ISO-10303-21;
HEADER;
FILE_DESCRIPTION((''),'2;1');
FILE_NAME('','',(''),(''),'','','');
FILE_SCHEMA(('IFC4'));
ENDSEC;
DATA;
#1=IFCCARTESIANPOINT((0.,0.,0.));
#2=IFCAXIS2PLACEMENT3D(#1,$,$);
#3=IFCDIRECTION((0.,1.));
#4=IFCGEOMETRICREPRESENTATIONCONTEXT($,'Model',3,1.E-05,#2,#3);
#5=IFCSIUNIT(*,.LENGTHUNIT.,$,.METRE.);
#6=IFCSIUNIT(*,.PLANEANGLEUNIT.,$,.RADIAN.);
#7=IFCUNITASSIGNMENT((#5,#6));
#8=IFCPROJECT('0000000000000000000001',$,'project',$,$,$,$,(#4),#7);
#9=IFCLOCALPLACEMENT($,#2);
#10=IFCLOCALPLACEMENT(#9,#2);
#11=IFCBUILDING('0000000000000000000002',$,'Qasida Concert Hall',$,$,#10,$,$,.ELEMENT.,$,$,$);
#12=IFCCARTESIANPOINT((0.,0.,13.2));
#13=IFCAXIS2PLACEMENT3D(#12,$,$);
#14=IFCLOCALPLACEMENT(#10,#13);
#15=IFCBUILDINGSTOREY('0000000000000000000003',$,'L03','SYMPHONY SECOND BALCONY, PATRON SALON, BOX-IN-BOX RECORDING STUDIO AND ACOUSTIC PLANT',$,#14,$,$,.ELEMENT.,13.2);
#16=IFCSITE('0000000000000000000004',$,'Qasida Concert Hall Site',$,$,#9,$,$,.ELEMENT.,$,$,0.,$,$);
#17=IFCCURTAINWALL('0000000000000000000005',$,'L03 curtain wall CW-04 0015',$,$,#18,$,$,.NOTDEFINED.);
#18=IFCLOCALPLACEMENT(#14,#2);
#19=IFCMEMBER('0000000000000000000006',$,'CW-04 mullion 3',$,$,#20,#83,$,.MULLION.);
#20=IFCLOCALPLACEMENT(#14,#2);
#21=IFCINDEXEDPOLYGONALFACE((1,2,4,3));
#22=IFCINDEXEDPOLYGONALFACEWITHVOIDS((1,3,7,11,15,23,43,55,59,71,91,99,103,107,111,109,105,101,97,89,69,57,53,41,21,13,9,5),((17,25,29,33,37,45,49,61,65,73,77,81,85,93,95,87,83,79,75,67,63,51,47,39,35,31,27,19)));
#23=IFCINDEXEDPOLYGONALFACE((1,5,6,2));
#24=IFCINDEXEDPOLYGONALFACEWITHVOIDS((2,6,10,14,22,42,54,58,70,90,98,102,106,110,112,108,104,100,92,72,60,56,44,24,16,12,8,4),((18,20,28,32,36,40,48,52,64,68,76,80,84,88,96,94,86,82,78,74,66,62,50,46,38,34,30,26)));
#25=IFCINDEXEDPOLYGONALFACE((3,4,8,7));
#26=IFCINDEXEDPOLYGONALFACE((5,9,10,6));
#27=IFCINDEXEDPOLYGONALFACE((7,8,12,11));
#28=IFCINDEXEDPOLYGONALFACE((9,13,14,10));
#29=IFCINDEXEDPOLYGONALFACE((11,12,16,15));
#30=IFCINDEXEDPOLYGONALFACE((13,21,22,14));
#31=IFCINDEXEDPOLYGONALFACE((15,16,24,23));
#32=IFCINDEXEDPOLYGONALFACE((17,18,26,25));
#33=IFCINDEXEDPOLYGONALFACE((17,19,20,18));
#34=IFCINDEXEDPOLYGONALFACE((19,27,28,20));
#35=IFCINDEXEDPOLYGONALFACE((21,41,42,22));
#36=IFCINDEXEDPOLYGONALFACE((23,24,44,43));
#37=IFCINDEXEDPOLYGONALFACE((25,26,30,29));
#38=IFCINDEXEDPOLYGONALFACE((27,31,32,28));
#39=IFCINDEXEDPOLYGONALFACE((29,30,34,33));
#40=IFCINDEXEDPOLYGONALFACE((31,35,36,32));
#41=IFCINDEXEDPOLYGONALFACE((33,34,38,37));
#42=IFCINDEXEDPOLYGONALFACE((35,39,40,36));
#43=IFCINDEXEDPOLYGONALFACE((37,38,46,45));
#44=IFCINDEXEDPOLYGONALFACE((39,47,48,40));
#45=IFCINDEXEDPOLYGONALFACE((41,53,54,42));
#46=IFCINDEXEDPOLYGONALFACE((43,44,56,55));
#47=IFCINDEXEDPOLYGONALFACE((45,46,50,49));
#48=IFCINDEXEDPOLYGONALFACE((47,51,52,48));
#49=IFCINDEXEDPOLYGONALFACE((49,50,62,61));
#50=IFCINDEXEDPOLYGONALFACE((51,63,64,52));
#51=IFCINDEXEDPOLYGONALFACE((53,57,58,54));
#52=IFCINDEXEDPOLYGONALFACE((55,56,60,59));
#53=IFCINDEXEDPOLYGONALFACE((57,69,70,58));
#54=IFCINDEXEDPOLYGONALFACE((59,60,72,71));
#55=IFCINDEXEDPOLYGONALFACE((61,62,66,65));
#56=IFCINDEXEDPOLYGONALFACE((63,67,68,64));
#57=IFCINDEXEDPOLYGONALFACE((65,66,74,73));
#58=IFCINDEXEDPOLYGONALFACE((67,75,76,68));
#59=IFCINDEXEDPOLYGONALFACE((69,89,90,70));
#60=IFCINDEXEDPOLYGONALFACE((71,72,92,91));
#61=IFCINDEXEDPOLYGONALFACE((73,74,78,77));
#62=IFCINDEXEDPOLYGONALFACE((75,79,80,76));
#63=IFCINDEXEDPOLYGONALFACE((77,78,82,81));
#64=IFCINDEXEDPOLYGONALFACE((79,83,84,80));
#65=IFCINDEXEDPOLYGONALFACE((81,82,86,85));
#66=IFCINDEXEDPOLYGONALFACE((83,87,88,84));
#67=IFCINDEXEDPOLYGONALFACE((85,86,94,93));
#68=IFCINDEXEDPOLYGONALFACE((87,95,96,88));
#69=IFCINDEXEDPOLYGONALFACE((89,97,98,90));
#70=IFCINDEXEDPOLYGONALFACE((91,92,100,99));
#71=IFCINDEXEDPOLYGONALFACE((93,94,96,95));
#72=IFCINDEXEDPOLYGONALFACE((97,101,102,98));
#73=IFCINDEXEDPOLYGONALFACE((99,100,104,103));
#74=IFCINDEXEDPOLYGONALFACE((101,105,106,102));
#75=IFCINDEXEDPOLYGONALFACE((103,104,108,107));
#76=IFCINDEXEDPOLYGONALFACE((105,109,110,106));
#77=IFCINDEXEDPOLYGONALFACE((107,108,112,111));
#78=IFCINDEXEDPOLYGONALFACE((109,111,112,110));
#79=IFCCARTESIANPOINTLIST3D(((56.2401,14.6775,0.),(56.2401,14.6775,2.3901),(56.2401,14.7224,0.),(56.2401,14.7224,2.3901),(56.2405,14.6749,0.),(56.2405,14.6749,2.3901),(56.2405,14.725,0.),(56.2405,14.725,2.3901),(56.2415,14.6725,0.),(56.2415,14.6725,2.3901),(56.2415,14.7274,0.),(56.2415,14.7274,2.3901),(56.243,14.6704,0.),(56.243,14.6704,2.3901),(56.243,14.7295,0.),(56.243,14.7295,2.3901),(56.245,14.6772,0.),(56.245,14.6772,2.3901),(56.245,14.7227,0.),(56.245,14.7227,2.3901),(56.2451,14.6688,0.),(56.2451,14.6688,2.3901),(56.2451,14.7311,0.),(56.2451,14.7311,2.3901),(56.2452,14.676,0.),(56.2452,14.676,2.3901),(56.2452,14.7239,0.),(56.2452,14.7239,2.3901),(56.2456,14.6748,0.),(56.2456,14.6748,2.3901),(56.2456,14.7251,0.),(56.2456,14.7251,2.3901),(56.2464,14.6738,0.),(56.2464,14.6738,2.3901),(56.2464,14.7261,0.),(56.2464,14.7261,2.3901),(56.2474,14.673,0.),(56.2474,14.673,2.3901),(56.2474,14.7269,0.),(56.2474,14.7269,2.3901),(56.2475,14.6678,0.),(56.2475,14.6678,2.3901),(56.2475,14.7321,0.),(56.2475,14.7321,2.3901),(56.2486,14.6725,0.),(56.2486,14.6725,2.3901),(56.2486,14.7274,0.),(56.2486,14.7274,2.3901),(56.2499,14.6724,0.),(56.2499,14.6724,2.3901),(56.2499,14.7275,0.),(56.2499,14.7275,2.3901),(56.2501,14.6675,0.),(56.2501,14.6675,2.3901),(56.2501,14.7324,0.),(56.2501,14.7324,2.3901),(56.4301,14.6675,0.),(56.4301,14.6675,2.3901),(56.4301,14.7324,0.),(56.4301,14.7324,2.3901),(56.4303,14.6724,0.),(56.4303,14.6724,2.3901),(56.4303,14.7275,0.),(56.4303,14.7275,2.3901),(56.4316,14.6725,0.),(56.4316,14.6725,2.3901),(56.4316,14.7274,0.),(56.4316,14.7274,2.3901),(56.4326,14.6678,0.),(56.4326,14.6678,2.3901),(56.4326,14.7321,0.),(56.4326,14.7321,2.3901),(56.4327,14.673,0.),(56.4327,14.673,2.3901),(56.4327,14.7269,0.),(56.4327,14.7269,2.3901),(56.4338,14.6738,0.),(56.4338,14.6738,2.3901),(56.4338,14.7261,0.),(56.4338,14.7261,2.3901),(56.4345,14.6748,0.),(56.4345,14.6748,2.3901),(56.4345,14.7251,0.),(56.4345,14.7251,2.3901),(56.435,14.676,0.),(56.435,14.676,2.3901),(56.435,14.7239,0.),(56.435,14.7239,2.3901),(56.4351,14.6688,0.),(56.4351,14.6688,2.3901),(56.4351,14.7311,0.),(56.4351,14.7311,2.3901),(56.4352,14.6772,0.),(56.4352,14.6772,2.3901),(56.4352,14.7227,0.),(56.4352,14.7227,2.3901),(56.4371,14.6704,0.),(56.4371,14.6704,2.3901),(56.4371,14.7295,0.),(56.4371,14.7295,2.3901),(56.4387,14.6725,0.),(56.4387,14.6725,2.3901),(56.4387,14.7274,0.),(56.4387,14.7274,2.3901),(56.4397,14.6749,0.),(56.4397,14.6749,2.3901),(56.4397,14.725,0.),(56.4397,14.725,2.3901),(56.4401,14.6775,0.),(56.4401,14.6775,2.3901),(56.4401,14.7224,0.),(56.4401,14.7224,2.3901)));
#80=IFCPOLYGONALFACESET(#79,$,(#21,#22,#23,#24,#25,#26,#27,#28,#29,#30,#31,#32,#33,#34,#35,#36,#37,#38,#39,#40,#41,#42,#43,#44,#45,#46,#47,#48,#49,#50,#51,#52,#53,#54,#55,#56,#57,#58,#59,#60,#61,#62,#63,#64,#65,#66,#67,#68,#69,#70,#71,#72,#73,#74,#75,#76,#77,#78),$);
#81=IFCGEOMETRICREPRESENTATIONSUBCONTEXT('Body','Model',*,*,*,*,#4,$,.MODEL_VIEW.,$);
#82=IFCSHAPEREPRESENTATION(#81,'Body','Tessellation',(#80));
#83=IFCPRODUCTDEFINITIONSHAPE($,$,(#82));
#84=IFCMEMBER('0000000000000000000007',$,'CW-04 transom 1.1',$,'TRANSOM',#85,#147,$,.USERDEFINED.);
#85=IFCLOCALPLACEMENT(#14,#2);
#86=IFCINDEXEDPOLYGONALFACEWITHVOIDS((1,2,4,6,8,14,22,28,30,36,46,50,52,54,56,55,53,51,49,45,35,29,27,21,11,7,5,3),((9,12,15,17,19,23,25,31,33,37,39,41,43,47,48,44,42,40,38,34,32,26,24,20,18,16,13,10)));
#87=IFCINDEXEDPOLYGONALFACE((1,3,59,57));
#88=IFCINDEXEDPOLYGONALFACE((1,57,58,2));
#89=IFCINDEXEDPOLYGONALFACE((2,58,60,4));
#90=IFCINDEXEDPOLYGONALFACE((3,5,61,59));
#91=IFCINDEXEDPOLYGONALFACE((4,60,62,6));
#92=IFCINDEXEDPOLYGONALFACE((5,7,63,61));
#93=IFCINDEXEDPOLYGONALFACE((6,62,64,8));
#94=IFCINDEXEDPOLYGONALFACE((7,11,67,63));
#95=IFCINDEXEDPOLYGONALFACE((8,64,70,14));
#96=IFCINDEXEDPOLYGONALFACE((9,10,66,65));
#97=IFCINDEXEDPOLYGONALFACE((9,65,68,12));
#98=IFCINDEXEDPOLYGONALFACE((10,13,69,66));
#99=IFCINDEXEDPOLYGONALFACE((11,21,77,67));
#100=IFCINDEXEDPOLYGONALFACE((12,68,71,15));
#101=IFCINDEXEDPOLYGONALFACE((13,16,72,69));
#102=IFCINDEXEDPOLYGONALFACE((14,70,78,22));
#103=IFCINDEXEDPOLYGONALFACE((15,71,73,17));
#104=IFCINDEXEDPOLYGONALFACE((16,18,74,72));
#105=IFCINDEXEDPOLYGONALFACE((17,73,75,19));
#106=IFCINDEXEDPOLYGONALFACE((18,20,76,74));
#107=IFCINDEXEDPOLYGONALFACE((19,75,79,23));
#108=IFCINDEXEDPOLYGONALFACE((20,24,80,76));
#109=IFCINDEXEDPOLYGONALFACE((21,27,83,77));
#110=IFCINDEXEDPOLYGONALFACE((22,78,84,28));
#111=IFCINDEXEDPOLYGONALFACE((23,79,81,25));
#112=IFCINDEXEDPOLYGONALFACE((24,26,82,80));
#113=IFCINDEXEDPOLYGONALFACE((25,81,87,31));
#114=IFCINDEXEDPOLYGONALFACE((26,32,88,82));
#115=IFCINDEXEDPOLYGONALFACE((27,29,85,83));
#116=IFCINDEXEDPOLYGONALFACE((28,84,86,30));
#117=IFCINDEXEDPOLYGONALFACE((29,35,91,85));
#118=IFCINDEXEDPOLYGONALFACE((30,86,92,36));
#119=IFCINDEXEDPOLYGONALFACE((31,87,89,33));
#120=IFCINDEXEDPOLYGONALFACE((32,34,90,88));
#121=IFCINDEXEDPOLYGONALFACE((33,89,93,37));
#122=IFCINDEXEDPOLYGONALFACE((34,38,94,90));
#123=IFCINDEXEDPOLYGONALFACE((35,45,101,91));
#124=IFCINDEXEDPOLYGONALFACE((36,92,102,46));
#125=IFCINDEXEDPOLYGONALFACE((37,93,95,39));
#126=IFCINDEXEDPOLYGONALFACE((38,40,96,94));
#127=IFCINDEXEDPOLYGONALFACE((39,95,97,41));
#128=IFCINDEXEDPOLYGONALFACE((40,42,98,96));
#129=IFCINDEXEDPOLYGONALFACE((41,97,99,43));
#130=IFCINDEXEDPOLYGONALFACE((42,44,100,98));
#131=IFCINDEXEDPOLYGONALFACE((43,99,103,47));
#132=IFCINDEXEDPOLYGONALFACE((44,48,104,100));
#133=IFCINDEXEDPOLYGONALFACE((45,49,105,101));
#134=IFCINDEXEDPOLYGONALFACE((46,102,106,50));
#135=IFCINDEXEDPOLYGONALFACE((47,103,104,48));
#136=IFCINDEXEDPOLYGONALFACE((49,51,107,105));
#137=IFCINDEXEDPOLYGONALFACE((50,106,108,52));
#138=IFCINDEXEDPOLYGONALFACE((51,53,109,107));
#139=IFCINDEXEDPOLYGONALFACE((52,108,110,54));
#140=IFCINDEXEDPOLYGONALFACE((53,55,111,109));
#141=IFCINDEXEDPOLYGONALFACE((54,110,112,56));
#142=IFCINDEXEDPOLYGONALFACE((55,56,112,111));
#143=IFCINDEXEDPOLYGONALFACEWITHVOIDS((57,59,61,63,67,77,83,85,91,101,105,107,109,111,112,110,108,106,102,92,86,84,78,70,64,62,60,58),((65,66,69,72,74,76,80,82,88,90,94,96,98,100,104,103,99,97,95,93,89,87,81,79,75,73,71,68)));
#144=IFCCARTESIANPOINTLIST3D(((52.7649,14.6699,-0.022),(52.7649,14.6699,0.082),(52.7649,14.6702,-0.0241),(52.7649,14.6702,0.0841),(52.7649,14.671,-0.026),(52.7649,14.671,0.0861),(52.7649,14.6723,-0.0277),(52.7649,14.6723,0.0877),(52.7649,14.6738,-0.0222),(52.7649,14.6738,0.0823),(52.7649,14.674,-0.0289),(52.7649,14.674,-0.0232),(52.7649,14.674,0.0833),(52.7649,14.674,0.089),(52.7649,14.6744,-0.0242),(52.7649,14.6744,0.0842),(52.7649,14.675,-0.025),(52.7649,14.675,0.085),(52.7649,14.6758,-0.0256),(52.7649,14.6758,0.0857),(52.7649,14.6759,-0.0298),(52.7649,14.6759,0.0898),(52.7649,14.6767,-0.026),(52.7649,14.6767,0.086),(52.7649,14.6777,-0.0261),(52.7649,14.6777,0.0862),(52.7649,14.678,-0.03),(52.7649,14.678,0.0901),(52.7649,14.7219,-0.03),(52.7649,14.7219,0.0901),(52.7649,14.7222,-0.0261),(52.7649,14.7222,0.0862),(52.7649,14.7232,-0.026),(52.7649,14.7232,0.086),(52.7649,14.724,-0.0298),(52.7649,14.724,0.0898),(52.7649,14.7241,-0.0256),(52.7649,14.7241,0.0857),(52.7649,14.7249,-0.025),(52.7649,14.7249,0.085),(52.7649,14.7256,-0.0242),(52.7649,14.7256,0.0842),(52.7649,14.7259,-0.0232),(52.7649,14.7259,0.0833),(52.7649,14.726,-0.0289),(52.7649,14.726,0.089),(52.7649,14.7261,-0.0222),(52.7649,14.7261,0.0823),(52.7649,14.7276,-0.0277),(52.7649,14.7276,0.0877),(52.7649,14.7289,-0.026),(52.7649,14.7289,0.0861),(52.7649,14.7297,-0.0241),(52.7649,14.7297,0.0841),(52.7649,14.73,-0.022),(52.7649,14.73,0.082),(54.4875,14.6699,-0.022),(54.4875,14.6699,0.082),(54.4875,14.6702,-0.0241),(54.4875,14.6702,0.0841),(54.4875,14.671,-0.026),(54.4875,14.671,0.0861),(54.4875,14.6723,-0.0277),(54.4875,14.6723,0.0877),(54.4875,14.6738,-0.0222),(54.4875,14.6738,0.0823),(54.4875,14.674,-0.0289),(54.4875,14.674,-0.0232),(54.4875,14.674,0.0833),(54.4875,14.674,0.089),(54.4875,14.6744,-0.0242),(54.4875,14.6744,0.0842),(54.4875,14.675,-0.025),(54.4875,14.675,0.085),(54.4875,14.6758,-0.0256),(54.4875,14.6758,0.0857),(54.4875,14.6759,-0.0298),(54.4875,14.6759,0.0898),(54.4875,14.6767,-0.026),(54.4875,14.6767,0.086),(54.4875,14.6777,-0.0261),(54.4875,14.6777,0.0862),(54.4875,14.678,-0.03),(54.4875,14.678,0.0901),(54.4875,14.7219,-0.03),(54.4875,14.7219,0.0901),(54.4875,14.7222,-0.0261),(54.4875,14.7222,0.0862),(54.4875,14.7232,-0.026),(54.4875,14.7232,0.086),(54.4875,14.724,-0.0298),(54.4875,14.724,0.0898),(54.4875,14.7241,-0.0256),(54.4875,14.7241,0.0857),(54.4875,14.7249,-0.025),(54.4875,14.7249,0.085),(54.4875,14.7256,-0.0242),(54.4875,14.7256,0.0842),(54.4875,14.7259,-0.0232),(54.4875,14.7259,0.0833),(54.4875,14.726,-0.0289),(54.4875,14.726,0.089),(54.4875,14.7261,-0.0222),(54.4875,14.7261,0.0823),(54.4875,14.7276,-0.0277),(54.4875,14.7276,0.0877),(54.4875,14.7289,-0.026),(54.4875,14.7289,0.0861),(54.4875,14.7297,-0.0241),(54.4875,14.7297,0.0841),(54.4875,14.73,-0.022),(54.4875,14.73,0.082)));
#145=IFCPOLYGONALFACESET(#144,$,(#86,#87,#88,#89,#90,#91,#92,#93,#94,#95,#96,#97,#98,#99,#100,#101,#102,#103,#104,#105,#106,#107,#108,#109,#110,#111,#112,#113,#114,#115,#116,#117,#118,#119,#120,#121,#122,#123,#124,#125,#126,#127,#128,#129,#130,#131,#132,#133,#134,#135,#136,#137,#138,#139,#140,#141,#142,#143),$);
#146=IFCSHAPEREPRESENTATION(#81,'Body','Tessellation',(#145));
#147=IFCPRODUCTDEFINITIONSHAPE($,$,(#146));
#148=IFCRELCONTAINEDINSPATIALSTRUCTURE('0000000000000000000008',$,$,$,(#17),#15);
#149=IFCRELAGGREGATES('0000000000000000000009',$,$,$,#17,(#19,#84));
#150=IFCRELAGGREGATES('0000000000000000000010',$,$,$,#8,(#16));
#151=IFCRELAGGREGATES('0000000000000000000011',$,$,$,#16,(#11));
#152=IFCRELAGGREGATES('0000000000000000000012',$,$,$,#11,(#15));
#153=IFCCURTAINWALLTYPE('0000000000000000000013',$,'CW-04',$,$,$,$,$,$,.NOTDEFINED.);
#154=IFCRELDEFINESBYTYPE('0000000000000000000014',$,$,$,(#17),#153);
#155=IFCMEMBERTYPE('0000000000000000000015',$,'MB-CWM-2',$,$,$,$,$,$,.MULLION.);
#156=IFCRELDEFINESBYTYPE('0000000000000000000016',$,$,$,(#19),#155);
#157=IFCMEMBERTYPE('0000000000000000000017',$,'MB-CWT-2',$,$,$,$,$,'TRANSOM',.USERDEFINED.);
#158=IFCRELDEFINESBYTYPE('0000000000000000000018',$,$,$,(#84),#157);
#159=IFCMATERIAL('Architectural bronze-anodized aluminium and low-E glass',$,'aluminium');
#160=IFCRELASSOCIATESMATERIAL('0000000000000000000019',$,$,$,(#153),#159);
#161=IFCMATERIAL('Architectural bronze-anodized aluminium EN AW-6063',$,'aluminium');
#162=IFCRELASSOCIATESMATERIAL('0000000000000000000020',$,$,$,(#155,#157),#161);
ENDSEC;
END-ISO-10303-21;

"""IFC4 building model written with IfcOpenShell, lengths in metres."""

from ifc_helpers import new_model, si_unit, direction, frame, origin, origin_2d, place, context, subcontext, project, spatial, hollow_rectangle, extrude, material, material_profile, profile_set, type_object, element, aggregate, save


model = new_model("IFC4")

# Units and contexts
model_context = context("Model", 3, precision=1e-05, world=origin(), true_north=direction((0.0, 1.0)))
body_context = subcontext(model_context, "Body", "Model", "MODEL_VIEW")
ifc_project = project(units=[si_unit("LENGTHUNIT", "METRE"), si_unit("PLANEANGLEUNIT", "RADIAN")], contexts=[model_context])

# Site, building, storey
site_placement = place(None, origin())
site = spatial("IfcSite", under=ifc_project, at=site_placement, Name="Qasida Concert Hall Site", CompositionType="ELEMENT", RefElevation=0.0)
building_placement = place(site_placement, origin())
building = spatial("IfcBuilding", under=site, at=building_placement, Name="Qasida Concert Hall", CompositionType="ELEMENT")
storey_placement = place(building_placement, frame((0.0, 0.0, 13.2)))
storey = spatial("IfcBuildingStorey", under=building, at=storey_placement, Name="L03", Description="SYMPHONY SECOND BALCONY, PATRON SALON, BOX-IN-BOX RECORDING STUDIO AND ACOUSTIC PLANT", CompositionType="ELEMENT", Elevation=13.2)

# Curtain wall, members
ifc_material_1 = material(Name="Architectural bronze-anodized aluminium and low-E glass", Category="aluminium")
curtain_wall_type = type_object("IfcCurtainWallType", Name="CW-04", PredefinedType="NOTDEFINED", material=ifc_material_1)
curtain_wall_placement = place(storey_placement, origin())
curtain_wall = element("IfcCurtainWall", 1, at=curtain_wall_placement, inside=storey, type_object=curtain_wall_type, Name="L03 curtain wall CW-04 0015", PredefinedType="NOTDEFINED")
ifc_material_2 = material(Name="Architectural bronze-anodized aluminium EN AW-6063", Category="aluminium")
ifc_material_profile_1 = material_profile(ifc_material_2, hollow_rectangle(XDim=0.0649, YDim=0.2, WallThickness=0.0049, InnerFilletRadius=0.0049, OuterFilletRadius=0.01, at=origin_2d()), Name="CWM 200x65x5")
ifc_profile_set_1 = profile_set([ifc_material_profile_1], Name="Architectural bronze-anodized aluminium EN AW-6063")
member_type_1 = type_object("IfcMemberType", Name="MB-CWM-2", PredefinedType="MULLION", material=ifc_profile_set_1)
member_1_placement = place(storey_placement, frame((56.3401, 14.7, 0.0), z_axis=(0.0, 0.0, 1.0), x_axis=(0.0, 1.0, 0.0)))
member_1 = element("IfcMember", 2, at=member_1_placement, type_object=member_type_1, Name="CW-04 mullion 3", PredefinedType="MULLION", context=body_context, shape_type="SweptSolid", body=[
    extrude(hollow_rectangle(XDim=0.0649, YDim=0.2, WallThickness=0.0049, InnerFilletRadius=0.0049, OuterFilletRadius=0.01, at=origin_2d()), origin(), (0.0, 0.0, 1.0), 2.3901),
])
ifc_material_profile_2 = material_profile(ifc_material_2, hollow_rectangle(XDim=0.0601, YDim=0.1201, WallThickness=0.0039, InnerFilletRadius=0.0039, OuterFilletRadius=0.0081, at=origin_2d()), Name="CWT 120x60x4")
ifc_profile_set_2 = profile_set([ifc_material_profile_2], Name="Architectural bronze-anodized aluminium EN AW-6063")
member_type_2 = type_object("IfcMemberType", Name="MB-CWT-2", ElementType="TRANSOM", PredefinedType="USERDEFINED", material=ifc_profile_set_2)
member_2_placement = place(storey_placement, frame((52.7649, 14.7, 0.03), z_axis=(1.0, 0.0, 0.0), x_axis=(0.0, 1.0, 0.0)))
member_2 = element("IfcMember", 3, at=member_2_placement, type_object=member_type_2, Name="CW-04 transom 1.1", ObjectType="TRANSOM", PredefinedType="USERDEFINED", context=body_context, shape_type="SweptSolid", body=[
    extrude(hollow_rectangle(XDim=0.0601, YDim=0.1201, WallThickness=0.0039, InnerFilletRadius=0.0039, OuterFilletRadius=0.0081, at=origin_2d()), origin(), (0.0, 0.0, 1.0), 1.7227),
])

aggregate(curtain_wall, [member_1, member_2])

save(model, "model.ifc")
